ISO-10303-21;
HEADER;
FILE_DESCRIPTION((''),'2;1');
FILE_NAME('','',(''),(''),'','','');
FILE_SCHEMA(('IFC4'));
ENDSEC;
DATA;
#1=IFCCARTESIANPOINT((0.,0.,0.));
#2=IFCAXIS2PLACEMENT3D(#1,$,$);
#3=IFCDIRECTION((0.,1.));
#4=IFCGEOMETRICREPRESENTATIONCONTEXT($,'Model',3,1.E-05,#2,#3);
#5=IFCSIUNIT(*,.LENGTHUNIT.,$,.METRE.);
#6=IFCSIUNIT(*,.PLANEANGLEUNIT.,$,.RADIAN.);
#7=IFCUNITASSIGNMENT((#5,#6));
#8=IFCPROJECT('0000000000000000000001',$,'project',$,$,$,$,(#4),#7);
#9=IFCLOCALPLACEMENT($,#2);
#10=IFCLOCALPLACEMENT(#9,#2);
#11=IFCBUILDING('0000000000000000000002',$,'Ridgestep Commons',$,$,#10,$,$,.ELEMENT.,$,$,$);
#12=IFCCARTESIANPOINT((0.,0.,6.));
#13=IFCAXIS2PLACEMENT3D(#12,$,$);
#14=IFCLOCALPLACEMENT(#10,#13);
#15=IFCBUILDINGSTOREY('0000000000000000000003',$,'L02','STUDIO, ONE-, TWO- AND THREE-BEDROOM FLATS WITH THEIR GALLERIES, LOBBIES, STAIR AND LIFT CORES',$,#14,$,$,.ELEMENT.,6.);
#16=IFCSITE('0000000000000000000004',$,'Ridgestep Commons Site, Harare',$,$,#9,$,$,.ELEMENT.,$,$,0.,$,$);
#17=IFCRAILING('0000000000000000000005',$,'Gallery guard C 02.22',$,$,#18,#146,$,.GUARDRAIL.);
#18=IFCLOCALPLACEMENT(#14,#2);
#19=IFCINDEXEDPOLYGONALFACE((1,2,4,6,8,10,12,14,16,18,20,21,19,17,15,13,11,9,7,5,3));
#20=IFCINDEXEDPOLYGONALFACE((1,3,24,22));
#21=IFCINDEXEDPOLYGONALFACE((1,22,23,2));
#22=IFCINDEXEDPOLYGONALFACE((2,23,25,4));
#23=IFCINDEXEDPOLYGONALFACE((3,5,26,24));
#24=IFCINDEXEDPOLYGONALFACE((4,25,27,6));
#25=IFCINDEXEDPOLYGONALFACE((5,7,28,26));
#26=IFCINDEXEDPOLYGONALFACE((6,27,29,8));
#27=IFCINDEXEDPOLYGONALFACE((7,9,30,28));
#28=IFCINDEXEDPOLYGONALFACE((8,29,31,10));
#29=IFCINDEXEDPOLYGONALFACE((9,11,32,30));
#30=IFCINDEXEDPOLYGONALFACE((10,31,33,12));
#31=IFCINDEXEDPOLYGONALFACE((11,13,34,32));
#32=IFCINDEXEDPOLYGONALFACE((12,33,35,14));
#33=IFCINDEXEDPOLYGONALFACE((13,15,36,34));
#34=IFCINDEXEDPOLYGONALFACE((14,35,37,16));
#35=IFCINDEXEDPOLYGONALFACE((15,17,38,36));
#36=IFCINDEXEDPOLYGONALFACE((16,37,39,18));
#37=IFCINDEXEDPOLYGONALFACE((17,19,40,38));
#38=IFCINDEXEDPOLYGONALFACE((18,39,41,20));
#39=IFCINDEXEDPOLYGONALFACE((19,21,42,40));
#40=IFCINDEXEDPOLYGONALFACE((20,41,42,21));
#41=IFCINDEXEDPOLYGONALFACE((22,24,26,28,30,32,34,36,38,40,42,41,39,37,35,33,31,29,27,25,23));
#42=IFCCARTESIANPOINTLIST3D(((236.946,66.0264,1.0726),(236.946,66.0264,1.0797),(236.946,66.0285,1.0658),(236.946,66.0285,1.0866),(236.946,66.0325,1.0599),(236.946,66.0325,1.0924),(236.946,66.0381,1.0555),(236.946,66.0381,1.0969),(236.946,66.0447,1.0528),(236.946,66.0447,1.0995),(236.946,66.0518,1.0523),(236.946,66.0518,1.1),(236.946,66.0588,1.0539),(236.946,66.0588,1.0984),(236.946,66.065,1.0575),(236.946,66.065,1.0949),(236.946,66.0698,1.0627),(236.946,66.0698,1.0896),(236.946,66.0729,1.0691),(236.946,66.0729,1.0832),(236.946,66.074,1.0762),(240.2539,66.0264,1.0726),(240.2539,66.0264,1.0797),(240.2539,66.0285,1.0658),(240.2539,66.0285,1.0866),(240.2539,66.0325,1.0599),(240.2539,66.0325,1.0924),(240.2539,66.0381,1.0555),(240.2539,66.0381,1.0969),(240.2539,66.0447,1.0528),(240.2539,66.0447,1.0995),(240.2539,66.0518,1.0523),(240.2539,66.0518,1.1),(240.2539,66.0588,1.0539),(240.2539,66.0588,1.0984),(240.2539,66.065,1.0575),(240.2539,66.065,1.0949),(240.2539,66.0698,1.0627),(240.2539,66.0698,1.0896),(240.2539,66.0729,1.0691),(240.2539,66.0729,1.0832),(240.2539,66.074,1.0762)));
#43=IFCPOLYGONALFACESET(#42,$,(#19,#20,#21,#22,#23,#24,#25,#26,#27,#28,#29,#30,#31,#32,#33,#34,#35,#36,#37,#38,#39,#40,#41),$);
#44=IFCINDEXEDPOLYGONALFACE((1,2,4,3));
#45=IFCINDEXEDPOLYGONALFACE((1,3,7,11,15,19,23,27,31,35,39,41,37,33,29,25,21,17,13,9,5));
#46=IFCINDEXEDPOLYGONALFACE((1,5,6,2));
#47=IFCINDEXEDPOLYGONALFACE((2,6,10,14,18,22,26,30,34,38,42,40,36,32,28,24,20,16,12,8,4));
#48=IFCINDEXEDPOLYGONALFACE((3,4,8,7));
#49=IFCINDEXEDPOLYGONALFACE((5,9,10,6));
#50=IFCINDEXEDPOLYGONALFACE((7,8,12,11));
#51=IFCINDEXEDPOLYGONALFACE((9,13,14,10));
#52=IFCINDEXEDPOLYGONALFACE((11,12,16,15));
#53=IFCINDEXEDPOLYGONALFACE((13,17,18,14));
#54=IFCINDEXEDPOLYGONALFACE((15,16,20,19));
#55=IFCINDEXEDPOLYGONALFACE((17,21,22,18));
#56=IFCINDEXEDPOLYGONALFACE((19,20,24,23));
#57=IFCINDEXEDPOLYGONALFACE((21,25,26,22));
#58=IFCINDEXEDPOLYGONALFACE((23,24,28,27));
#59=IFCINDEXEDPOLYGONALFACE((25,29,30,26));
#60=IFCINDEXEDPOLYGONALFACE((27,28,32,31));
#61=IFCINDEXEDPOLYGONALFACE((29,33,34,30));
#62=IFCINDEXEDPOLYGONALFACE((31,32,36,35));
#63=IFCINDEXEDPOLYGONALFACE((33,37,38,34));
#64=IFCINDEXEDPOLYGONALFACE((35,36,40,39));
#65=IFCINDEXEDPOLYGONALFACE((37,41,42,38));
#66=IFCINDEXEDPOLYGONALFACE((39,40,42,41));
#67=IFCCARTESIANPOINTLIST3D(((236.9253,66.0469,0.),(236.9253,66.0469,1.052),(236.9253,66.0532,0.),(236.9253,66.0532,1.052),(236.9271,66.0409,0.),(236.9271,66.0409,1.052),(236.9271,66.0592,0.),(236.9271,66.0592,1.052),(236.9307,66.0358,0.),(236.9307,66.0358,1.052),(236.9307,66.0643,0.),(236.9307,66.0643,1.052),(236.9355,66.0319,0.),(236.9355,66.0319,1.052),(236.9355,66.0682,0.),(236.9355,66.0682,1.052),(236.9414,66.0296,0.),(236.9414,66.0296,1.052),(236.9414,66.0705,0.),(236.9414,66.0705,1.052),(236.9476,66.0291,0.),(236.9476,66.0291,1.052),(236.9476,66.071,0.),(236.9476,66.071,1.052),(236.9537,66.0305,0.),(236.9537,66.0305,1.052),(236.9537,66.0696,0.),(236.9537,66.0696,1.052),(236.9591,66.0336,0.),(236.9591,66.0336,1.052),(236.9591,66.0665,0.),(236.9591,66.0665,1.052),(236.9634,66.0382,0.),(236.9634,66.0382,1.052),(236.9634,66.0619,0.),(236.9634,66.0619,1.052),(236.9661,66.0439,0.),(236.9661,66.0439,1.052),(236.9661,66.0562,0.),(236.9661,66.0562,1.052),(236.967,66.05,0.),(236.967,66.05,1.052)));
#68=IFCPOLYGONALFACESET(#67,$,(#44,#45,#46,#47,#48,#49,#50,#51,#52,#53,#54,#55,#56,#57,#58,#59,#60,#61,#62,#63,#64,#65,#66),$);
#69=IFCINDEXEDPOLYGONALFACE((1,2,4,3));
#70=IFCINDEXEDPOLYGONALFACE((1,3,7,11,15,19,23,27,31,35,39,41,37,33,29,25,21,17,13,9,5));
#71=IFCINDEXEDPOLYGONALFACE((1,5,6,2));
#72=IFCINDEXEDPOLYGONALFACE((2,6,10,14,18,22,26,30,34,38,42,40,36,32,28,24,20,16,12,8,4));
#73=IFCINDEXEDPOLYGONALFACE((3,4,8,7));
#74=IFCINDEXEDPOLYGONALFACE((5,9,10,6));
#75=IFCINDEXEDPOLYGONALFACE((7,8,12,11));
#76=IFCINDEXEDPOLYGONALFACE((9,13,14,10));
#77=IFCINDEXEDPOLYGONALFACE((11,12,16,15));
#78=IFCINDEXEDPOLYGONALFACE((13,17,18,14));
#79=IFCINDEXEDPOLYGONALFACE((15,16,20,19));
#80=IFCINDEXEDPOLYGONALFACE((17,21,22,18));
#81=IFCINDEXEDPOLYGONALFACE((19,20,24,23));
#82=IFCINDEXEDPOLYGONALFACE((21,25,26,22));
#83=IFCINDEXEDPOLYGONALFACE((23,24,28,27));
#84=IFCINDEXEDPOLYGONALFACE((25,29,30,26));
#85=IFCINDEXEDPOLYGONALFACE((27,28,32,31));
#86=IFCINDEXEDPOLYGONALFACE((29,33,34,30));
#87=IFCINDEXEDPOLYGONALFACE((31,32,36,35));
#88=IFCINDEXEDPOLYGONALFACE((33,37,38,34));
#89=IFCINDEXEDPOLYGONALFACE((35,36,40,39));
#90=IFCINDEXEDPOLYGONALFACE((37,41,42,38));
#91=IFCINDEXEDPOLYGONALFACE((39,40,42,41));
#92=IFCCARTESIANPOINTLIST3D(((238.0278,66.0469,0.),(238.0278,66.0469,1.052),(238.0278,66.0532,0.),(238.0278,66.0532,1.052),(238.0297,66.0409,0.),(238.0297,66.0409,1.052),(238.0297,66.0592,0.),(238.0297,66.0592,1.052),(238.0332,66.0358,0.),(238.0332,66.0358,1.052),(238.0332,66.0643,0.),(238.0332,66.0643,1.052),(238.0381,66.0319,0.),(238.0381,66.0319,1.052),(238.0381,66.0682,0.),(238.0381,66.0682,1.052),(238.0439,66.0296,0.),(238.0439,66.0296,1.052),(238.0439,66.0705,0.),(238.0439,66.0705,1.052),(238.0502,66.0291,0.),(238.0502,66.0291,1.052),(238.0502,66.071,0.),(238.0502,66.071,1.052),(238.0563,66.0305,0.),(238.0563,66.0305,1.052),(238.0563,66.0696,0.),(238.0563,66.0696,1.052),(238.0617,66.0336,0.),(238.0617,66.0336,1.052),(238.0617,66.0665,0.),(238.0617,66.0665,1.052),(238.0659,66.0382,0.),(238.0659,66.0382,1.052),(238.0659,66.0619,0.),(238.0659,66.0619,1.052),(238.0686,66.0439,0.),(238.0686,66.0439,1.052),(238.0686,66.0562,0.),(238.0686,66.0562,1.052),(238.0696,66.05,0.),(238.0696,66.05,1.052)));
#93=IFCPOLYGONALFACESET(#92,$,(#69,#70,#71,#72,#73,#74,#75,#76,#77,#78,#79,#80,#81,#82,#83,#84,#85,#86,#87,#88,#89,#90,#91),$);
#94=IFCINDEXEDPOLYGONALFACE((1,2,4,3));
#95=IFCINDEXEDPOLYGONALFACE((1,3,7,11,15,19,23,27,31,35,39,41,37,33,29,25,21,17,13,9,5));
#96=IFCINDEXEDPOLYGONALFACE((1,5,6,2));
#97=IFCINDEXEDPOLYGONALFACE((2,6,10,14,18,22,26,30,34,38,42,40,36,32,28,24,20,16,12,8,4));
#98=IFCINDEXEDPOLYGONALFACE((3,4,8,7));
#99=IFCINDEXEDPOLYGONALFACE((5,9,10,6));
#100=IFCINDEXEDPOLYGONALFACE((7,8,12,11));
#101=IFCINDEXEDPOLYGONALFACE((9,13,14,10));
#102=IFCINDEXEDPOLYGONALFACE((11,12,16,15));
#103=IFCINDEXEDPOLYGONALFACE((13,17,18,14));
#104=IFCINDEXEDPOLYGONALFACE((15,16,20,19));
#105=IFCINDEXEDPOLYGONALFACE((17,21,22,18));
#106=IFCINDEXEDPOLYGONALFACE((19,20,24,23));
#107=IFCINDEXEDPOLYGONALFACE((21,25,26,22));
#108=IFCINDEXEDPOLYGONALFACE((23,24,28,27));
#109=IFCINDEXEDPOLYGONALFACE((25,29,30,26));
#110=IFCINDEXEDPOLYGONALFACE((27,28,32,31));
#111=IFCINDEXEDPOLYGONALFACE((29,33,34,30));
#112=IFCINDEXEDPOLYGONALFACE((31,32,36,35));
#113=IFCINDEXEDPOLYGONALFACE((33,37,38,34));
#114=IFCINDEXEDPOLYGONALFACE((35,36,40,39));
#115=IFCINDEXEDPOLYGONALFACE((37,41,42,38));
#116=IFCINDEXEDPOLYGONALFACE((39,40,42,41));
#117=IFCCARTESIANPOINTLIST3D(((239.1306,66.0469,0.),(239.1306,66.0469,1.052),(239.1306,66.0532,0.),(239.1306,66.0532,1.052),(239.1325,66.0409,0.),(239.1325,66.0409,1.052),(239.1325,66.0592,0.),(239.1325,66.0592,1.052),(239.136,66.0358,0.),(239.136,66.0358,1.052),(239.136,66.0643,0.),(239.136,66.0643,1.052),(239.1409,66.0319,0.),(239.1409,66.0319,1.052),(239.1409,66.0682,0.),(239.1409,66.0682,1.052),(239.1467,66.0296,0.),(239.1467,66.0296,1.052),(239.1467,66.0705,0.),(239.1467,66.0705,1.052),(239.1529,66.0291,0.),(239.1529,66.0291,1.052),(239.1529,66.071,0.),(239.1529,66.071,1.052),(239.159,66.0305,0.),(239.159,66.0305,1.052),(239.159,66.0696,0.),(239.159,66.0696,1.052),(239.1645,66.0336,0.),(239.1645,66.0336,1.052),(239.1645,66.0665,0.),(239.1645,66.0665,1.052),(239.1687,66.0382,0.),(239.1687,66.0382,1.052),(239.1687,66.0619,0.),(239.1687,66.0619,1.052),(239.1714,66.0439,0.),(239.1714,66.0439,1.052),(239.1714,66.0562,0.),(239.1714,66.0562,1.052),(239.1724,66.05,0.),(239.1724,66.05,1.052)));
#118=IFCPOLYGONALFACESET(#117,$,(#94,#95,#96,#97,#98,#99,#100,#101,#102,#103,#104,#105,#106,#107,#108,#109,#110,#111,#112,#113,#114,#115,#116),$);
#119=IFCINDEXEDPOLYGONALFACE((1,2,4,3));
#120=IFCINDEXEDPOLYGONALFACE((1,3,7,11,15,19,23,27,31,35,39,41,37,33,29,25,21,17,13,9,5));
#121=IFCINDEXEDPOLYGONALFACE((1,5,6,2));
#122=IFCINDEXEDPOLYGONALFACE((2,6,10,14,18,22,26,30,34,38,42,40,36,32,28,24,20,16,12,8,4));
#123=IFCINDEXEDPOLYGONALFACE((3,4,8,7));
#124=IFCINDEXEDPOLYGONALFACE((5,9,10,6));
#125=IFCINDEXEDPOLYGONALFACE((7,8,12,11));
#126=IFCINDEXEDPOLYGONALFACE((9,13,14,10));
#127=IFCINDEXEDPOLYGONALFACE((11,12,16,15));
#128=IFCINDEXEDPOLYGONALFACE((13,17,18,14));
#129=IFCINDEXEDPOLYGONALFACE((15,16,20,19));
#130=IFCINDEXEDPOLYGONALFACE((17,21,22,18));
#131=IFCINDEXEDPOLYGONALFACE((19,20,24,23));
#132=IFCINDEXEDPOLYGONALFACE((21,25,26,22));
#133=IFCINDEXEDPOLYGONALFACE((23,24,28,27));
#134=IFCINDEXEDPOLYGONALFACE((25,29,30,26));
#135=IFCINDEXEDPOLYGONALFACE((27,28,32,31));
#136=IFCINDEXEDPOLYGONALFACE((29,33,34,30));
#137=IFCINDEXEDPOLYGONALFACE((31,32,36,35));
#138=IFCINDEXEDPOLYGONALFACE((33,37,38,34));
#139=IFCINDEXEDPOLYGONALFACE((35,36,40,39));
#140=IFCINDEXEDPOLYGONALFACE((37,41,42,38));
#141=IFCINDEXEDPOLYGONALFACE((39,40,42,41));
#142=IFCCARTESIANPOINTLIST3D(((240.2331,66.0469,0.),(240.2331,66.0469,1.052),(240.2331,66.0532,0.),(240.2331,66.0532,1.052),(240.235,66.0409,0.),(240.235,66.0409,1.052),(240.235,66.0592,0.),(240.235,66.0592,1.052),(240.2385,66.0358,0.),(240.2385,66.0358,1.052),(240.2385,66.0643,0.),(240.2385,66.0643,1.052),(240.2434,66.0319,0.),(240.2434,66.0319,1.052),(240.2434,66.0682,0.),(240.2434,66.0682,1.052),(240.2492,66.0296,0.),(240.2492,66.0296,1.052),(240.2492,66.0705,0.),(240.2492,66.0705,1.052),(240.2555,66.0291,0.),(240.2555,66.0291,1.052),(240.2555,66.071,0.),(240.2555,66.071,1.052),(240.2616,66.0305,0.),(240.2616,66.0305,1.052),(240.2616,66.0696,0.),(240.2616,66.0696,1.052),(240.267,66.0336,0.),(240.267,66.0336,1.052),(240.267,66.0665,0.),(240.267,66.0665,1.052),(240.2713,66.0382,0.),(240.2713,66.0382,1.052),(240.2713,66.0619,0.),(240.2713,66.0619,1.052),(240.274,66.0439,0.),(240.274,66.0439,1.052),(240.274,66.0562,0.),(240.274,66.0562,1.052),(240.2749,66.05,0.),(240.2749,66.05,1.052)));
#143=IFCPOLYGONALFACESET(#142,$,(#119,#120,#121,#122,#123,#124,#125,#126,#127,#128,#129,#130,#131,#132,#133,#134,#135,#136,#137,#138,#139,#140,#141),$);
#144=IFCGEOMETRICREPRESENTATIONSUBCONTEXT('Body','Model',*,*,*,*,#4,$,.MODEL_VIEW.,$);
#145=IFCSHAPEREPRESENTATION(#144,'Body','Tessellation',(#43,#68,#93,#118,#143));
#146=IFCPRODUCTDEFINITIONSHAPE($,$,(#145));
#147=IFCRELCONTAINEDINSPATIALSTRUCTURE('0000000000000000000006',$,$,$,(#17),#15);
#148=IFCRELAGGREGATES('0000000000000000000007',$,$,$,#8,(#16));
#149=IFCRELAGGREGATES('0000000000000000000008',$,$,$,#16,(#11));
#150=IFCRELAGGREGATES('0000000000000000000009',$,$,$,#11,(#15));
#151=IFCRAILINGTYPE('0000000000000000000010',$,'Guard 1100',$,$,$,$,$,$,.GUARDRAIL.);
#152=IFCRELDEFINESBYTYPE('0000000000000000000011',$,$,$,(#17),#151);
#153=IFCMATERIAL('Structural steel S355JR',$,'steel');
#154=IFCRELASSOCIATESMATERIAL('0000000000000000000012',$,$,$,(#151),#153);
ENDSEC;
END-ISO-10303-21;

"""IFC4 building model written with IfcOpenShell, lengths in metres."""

from ifc_helpers import new_model, si_unit, direction, frame, origin, origin_2d, place, context, subcontext, project, spatial, circle, extrude, material, type_object, element, save


model = new_model("IFC4")

# Units and contexts
model_context = context("Model", 3, precision=1e-05, world=origin(), true_north=direction((0.0, 1.0)))
body_context = subcontext(model_context, "Body", "Model", "MODEL_VIEW")
ifc_project = project(units=[si_unit("LENGTHUNIT", "METRE"), si_unit("PLANEANGLEUNIT", "RADIAN")], contexts=[model_context])

# Site, building, storey
site_placement = place(None, origin())
site = spatial("IfcSite", under=ifc_project, at=site_placement, Name="Ridgestep Commons Site, Harare", CompositionType="ELEMENT", RefElevation=0.0)
building_placement = place(site_placement, origin())
building = spatial("IfcBuilding", under=site, at=building_placement, Name="Ridgestep Commons", CompositionType="ELEMENT")
storey_placement = place(building_placement, frame((0.0, 0.0, 6.0)))
storey = spatial("IfcBuildingStorey", under=building, at=storey_placement, Name="L02", Description="STUDIO, ONE-, TWO- AND THREE-BEDROOM FLATS WITH THEIR GALLERIES, LOBBIES, STAIR AND LIFT CORES", CompositionType="ELEMENT", Elevation=6.0)

# Railing
ifc_material_1 = material(Name="Structural steel S355JR", Category="steel")
railing_type = type_object("IfcRailingType", Name="Guard 1100", PredefinedType="GUARDRAIL", material=ifc_material_1)
railing_1_placement = place(storey_placement, frame((236.946, 66.05, 0.0)))
element("IfcRailing", 1, at=railing_1_placement, inside=storey, type_object=railing_type, Name="Gallery guard C 02.22", PredefinedType="GUARDRAIL", context=body_context, shape_type="SweptSolid", body=[
    extrude(circle(Radius=0.0239, at=origin_2d()), frame((0.0, 0.0, 1.0762), z_axis=(1.0, 0.0, 0.0), x_axis=(0.0, 1.0, 0.0)), (0.0, 0.0, 1.0), 3.3079),
    extrude(circle(Radius=0.021, at=origin_2d()), origin(), (0.0, 0.0, 1.0), 1.052),
    extrude(circle(Radius=0.021, at=origin_2d()), frame((1.1025, 0.0, 0.0)), (0.0, 0.0, 1.0), 1.052),
    extrude(circle(Radius=0.021, at=origin_2d()), frame((2.2053, 0.0, 0.0)), (0.0, 0.0, 1.0), 1.052),
    extrude(circle(Radius=0.021, at=origin_2d()), frame((3.3079, 0.0, 0.0)), (0.0, 0.0, 1.0), 1.052),
])

save(model, "model.ifc")
